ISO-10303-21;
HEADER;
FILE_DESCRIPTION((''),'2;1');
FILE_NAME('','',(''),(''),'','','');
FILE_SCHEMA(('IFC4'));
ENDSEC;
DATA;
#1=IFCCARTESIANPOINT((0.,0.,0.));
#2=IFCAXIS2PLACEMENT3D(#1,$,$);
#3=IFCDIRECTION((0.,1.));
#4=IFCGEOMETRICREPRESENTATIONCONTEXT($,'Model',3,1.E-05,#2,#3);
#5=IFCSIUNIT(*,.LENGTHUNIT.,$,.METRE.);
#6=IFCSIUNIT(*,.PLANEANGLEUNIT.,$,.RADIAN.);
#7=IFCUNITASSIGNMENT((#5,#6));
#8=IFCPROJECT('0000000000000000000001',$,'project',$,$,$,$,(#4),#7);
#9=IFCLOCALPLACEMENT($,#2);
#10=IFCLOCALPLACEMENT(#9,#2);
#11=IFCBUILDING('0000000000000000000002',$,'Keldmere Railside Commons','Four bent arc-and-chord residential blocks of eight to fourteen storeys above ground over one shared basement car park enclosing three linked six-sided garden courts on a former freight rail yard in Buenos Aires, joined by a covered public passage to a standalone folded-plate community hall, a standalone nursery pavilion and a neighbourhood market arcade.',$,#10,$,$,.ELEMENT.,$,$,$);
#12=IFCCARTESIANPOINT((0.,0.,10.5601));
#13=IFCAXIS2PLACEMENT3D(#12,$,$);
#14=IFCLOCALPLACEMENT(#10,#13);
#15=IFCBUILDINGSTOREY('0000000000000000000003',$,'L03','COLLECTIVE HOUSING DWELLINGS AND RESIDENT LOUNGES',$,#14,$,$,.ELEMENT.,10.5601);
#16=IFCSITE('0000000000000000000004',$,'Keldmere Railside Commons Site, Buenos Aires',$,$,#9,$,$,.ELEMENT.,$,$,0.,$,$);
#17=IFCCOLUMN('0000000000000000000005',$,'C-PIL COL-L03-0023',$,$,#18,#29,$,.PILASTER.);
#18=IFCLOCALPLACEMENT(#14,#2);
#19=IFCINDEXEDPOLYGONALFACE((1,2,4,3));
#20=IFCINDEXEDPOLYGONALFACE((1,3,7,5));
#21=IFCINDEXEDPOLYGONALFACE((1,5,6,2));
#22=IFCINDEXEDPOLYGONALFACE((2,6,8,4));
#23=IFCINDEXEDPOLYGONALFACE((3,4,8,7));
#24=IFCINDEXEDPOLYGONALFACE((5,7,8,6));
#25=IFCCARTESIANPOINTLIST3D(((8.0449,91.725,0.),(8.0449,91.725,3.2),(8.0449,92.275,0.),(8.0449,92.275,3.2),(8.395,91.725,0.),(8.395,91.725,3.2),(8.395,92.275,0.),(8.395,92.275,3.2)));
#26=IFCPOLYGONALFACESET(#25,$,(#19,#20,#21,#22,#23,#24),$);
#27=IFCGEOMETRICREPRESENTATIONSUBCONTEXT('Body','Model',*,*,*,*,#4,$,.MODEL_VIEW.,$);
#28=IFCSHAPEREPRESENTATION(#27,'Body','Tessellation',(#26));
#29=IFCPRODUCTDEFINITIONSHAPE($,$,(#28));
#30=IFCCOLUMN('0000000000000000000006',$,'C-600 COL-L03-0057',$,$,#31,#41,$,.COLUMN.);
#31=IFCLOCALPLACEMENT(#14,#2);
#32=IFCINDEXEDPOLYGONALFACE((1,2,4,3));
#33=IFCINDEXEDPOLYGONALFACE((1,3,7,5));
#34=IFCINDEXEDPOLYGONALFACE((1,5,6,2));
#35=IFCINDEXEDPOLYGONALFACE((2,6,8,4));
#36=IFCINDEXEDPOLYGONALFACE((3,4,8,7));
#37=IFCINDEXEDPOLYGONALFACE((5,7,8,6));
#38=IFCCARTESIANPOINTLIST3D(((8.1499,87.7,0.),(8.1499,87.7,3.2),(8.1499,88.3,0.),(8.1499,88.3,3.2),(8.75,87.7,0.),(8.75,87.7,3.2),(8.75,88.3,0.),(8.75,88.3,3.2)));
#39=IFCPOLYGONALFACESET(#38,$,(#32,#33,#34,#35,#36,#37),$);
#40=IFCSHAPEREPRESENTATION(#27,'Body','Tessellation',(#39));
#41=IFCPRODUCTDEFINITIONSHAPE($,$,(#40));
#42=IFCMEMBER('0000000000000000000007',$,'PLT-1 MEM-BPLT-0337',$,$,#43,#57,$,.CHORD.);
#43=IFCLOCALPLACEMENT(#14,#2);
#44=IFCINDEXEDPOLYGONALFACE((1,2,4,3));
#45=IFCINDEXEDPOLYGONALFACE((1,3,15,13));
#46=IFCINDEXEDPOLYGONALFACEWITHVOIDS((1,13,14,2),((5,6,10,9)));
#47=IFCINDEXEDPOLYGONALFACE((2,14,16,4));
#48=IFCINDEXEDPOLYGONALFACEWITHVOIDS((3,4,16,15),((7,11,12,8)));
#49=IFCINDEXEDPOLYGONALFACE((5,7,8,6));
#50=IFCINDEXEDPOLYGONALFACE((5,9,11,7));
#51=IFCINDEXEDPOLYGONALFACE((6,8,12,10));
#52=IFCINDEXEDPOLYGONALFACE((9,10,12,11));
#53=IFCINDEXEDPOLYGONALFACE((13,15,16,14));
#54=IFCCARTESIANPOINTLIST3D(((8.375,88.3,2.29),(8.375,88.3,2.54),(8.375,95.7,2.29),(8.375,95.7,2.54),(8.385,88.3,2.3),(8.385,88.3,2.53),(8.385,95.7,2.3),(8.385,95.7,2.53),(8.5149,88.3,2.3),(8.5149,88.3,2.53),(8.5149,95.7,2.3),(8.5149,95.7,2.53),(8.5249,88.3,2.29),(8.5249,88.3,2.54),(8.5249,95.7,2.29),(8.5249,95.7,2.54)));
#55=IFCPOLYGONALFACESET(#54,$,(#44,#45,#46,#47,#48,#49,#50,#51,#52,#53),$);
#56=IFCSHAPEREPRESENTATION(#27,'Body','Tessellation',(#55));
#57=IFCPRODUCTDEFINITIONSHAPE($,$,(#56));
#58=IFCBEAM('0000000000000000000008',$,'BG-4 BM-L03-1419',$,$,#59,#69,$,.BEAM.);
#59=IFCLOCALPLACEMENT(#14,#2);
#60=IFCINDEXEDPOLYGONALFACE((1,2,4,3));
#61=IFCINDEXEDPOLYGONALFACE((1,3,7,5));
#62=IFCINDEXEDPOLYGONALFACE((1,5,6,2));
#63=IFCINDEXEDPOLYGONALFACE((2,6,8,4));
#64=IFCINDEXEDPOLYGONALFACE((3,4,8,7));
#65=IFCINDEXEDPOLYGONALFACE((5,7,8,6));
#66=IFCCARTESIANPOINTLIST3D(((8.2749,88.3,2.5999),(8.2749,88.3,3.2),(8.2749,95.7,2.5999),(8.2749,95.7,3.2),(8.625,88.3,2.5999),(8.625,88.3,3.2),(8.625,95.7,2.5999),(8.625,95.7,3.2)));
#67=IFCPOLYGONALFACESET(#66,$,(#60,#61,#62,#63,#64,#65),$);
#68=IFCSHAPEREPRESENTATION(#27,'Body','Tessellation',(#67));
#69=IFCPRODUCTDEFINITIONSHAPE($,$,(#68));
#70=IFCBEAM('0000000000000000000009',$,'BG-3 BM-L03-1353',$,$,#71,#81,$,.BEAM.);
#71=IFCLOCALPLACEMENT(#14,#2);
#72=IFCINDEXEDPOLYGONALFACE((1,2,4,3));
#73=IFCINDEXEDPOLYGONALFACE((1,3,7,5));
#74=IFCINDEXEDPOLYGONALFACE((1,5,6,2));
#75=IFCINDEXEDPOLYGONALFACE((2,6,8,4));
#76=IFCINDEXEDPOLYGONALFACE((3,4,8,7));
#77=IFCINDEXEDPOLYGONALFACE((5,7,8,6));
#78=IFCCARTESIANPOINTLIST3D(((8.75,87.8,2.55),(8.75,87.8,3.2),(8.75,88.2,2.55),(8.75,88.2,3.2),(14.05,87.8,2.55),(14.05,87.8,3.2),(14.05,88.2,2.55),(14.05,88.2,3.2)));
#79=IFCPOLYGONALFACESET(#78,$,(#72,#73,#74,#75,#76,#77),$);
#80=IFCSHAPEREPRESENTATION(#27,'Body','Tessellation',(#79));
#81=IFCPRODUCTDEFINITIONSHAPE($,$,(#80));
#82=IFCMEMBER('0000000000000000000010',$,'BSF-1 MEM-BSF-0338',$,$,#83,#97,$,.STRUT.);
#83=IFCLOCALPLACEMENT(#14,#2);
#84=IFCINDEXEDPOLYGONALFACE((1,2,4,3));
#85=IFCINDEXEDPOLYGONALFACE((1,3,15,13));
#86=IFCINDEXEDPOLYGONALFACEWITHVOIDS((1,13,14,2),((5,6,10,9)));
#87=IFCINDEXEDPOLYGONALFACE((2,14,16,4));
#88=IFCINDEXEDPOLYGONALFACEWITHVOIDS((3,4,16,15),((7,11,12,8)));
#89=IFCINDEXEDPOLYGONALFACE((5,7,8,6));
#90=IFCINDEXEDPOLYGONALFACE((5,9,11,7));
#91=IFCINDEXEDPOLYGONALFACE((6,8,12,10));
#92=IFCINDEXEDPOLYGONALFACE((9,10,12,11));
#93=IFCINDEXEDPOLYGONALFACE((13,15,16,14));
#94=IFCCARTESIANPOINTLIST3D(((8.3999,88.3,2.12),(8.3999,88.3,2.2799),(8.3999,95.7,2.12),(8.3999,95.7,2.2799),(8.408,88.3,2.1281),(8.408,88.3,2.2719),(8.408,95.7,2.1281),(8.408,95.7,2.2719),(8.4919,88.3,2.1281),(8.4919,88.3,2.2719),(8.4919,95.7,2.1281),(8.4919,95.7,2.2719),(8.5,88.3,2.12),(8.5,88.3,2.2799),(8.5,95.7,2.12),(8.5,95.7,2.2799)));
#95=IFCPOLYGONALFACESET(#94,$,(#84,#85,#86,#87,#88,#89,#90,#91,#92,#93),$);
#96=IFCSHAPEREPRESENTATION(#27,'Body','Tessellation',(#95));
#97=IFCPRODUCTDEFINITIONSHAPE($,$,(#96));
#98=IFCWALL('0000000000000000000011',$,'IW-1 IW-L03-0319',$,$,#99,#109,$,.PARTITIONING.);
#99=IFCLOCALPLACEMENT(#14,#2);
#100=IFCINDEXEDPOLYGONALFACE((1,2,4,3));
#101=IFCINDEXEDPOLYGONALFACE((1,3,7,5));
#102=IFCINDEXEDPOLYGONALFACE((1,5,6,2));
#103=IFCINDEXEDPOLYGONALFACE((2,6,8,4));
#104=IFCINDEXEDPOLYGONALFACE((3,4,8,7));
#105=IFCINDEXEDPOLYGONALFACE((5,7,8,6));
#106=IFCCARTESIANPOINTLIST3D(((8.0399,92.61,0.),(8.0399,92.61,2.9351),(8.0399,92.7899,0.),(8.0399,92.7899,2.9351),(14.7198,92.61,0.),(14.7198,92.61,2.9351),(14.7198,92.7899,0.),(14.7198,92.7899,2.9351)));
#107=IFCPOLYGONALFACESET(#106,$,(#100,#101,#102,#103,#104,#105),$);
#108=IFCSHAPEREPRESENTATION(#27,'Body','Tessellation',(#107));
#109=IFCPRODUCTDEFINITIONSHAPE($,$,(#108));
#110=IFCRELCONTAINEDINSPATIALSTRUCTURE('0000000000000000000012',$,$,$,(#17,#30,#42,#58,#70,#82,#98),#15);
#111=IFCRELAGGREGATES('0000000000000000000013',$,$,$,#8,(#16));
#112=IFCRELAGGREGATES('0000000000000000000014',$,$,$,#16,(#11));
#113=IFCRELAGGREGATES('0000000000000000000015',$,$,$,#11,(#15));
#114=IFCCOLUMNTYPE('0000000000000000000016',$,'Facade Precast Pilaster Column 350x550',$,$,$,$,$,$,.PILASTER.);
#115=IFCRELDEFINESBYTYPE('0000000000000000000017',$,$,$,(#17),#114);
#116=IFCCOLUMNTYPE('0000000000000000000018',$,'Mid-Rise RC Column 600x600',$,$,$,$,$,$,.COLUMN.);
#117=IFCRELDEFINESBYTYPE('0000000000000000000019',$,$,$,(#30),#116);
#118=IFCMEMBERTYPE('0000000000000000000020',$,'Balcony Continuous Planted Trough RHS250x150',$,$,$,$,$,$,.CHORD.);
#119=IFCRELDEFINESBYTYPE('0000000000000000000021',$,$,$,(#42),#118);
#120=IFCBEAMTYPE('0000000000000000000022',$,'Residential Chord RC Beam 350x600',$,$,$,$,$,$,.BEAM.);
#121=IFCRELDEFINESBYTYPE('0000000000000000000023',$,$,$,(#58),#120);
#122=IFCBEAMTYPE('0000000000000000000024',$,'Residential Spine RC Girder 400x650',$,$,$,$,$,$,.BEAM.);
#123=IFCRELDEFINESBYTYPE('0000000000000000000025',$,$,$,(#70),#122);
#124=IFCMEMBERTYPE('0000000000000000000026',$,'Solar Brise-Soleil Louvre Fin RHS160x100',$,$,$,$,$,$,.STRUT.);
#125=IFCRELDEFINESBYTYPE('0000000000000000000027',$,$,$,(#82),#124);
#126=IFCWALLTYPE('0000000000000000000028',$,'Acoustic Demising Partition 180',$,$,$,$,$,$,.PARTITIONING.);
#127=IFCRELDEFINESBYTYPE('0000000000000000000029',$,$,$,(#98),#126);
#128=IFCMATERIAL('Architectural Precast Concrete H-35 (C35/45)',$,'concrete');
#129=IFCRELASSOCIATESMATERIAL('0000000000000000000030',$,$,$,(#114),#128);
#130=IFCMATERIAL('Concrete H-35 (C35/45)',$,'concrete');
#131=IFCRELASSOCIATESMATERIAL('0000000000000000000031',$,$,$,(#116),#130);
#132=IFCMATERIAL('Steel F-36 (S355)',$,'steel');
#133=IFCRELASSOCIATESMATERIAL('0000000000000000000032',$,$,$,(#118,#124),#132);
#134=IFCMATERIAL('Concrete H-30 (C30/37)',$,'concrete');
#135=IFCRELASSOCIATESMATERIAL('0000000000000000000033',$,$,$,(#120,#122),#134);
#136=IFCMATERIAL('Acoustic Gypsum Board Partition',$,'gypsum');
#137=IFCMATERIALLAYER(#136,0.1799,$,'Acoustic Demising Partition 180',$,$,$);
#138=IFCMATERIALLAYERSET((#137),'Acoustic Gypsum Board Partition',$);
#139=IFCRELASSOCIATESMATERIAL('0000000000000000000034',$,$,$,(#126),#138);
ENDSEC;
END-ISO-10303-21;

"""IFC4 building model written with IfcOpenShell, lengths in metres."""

from ifc_helpers import new_model, si_unit, direction, frame, frame_2d, origin, origin_2d, place, context, subcontext, project, spatial, rectangle, hollow_rectangle, extrude, material, layer, layer_set, material_profile, profile_set, type_object, element, save


model = new_model("IFC4")

# Units and contexts
model_context = context("Model", 3, precision=1e-05, world=origin(), true_north=direction((0.0, 1.0)))
body_context = subcontext(model_context, "Body", "Model", "MODEL_VIEW")
ifc_project = project(units=[si_unit("LENGTHUNIT", "METRE"), si_unit("PLANEANGLEUNIT", "RADIAN")], contexts=[model_context])

# Site, building, storey
site_placement = place(None, origin())
site = spatial("IfcSite", under=ifc_project, at=site_placement, Name="Keldmere Railside Commons Site, Buenos Aires", CompositionType="ELEMENT", RefElevation=0.0)
building_placement = place(site_placement, origin())
building = spatial("IfcBuilding", under=site, at=building_placement, Name="Keldmere Railside Commons", Description="Four bent arc-and-chord residential blocks of eight to fourteen storeys above ground over one shared basement car park enclosing three linked six-sided garden courts on a former freight rail yard in Buenos Aires, joined by a covered public passage to a standalone folded-plate community hall, a standalone nursery pavilion and a neighbourhood market arcade.", CompositionType="ELEMENT")
storey_placement = place(building_placement, frame((0.0, 0.0, 10.5601)))
storey = spatial("IfcBuildingStorey", under=building, at=storey_placement, Name="L03", Description="COLLECTIVE HOUSING DWELLINGS AND RESIDENT LOUNGES", CompositionType="ELEMENT", Elevation=10.5601)

# Columns
ifc_material_1 = material(Name="Architectural Precast Concrete H-35 (C35/45)", Category="concrete")
ifc_material_profile_1 = material_profile(ifc_material_1, rectangle(XDim=0.3501, YDim=0.55, at=origin_2d()), Name="RC-350x550")
ifc_profile_set_1 = profile_set([ifc_material_profile_1], Name="Architectural Precast Concrete H-35 (C35/45)")
column_type_1 = type_object("IfcColumnType", Name="Facade Precast Pilaster Column 350x550", PredefinedType="PILASTER", material=ifc_profile_set_1)
column_1_placement = place(storey_placement, frame((8.22, 92.0, 0.0), z_axis=(0.0, 0.0, 1.0), x_axis=(1.0, 0.0, 0.0)))
element("IfcColumn", 1, at=column_1_placement, inside=storey, type_object=column_type_1, Name="C-PIL COL-L03-0023", PredefinedType="PILASTER", context=body_context, shape_type="SweptSolid", body=[
    extrude(rectangle(XDim=0.3501, YDim=0.55, at=origin_2d()), origin(), (0.0, 0.0, 1.0), 3.2),
])
ifc_material_2 = material(Name="Concrete H-35 (C35/45)", Category="concrete")
ifc_material_profile_2 = material_profile(ifc_material_2, rectangle(XDim=0.6001, YDim=0.6001, at=origin_2d()), Name="RC-600x600")
ifc_profile_set_2 = profile_set([ifc_material_profile_2], Name="Concrete H-35 (C35/45)")
column_type_2 = type_object("IfcColumnType", Name="Mid-Rise RC Column 600x600", PredefinedType="COLUMN", material=ifc_profile_set_2)
column_2_placement = place(storey_placement, frame((8.45, 88.0, 0.0), z_axis=(0.0, 0.0, 1.0), x_axis=(1.0, 0.0, 0.0)))
element("IfcColumn", 2, at=column_2_placement, inside=storey, type_object=column_type_2, Name="C-600 COL-L03-0057", PredefinedType="COLUMN", context=body_context, shape_type="SweptSolid", body=[
    extrude(rectangle(XDim=0.6001, YDim=0.6001, at=origin_2d()), origin(), (0.0, 0.0, 1.0), 3.2),
])

# Member
ifc_material_3 = material(Name="Steel F-36 (S355)", Category="steel")
ifc_material_profile_3 = material_profile(ifc_material_3, hollow_rectangle(XDim=0.1499, YDim=0.25, WallThickness=0.01, at=origin_2d()), Name="RHS-250x150x10")
ifc_profile_set_3 = profile_set([ifc_material_profile_3], Name="Steel F-36 (S355)")
member_type_1 = type_object("IfcMemberType", Name="Balcony Continuous Planted Trough RHS250x150", PredefinedType="CHORD", material=ifc_profile_set_3)
member_1_placement = place(storey_placement, frame((8.45, 88.3, 2.415), z_axis=(0.0, 1.0, 0.0), x_axis=(-1.0, 0.0, 0.0)))
element("IfcMember", 3, at=member_1_placement, inside=storey, type_object=member_type_1, Name="PLT-1 MEM-BPLT-0337", PredefinedType="CHORD", context=body_context, shape_type="SweptSolid", body=[
    extrude(hollow_rectangle(XDim=0.1499, YDim=0.25, WallThickness=0.01, at=origin_2d()), origin(), (0.0, 0.0, 1.0), 7.3999),
])

# Beams
ifc_material_4 = material(Name="Concrete H-30 (C30/37)", Category="concrete")
ifc_material_profile_4 = material_profile(ifc_material_4, rectangle(XDim=0.3501, YDim=0.6001, at=origin_2d()), Name="RC-350x600")
ifc_profile_set_4 = profile_set([ifc_material_profile_4], Name="Concrete H-30 (C30/37)")
beam_type_1 = type_object("IfcBeamType", Name="Residential Chord RC Beam 350x600", PredefinedType="BEAM", material=ifc_profile_set_4)
beam_1_placement = place(storey_placement, frame((8.45, 88.3, 2.8999), z_axis=(0.0, 1.0, 0.0), x_axis=(-1.0, 0.0, 0.0)))
element("IfcBeam", 4, at=beam_1_placement, inside=storey, type_object=beam_type_1, Name="BG-4 BM-L03-1419", PredefinedType="BEAM", context=body_context, shape_type="SweptSolid", body=[
    extrude(rectangle(XDim=0.3501, YDim=0.6001, at=origin_2d()), origin(), (0.0, 0.0, 1.0), 7.3999),
])
ifc_material_profile_5 = material_profile(ifc_material_4, rectangle(XDim=0.3999, YDim=0.6499, at=origin_2d()), Name="RC-400x650")
ifc_profile_set_5 = profile_set([ifc_material_profile_5], Name="Concrete H-30 (C30/37)")
beam_type_2 = type_object("IfcBeamType", Name="Residential Spine RC Girder 400x650", PredefinedType="BEAM", material=ifc_profile_set_5)
beam_2_placement = place(storey_placement, frame((8.75, 88.0, 2.875), z_axis=(1.0, 0.0, 0.0), x_axis=(0.0, 1.0, 0.0)))
element("IfcBeam", 5, at=beam_2_placement, inside=storey, type_object=beam_type_2, Name="BG-3 BM-L03-1353", PredefinedType="BEAM", context=body_context, shape_type="SweptSolid", body=[
    extrude(rectangle(XDim=0.3999, YDim=0.6499, at=origin_2d()), origin(), (0.0, 0.0, 1.0), 5.3),
])

# Member
ifc_material_profile_6 = material_profile(ifc_material_3, hollow_rectangle(XDim=0.1001, YDim=0.1599, WallThickness=0.0081, at=origin_2d()), Name="RHS-160x100x8")
ifc_profile_set_6 = profile_set([ifc_material_profile_6], Name="Steel F-36 (S355)")
member_type_2 = type_object("IfcMemberType", Name="Solar Brise-Soleil Louvre Fin RHS160x100", PredefinedType="STRUT", material=ifc_profile_set_6)
member_2_placement = place(storey_placement, frame((8.45, 88.3, 2.2), z_axis=(0.0, 1.0, 0.0), x_axis=(-1.0, 0.0, 0.0)))
element("IfcMember", 6, at=member_2_placement, inside=storey, type_object=member_type_2, Name="BSF-1 MEM-BSF-0338", PredefinedType="STRUT", context=body_context, shape_type="SweptSolid", body=[
    extrude(hollow_rectangle(XDim=0.1001, YDim=0.1599, WallThickness=0.0081, at=origin_2d()), origin(), (0.0, 0.0, 1.0), 7.3999),
])

# Wall
ifc_material_5 = material(Name="Acoustic Gypsum Board Partition", Category="gypsum")
ifc_layer = layer(ifc_material_5, 0.1799, Name="Acoustic Demising Partition 180")
ifc_layer_set = layer_set([ifc_layer], Name="Acoustic Gypsum Board Partition")
wall_type = type_object("IfcWallType", Name="Acoustic Demising Partition 180", PredefinedType="PARTITIONING", material=ifc_layer_set)
wall_placement = place(storey_placement, frame((8.04, 92.7, 0.0), z_axis=(0.0, 0.0, 1.0), x_axis=(1.0, 0.0, 0.0)))
element("IfcWall", 7, at=wall_placement, inside=storey, type_object=wall_type, Name="IW-1 IW-L03-0319", PredefinedType="PARTITIONING", context=body_context, shape_type="SweptSolid", body=[
    extrude(rectangle(XDim=6.6799, YDim=0.1799, at=frame_2d((3.3398, 0.0))), origin(), (0.0, 0.0, 1.0), 2.9351),
])

save(model, "model.ifc")
